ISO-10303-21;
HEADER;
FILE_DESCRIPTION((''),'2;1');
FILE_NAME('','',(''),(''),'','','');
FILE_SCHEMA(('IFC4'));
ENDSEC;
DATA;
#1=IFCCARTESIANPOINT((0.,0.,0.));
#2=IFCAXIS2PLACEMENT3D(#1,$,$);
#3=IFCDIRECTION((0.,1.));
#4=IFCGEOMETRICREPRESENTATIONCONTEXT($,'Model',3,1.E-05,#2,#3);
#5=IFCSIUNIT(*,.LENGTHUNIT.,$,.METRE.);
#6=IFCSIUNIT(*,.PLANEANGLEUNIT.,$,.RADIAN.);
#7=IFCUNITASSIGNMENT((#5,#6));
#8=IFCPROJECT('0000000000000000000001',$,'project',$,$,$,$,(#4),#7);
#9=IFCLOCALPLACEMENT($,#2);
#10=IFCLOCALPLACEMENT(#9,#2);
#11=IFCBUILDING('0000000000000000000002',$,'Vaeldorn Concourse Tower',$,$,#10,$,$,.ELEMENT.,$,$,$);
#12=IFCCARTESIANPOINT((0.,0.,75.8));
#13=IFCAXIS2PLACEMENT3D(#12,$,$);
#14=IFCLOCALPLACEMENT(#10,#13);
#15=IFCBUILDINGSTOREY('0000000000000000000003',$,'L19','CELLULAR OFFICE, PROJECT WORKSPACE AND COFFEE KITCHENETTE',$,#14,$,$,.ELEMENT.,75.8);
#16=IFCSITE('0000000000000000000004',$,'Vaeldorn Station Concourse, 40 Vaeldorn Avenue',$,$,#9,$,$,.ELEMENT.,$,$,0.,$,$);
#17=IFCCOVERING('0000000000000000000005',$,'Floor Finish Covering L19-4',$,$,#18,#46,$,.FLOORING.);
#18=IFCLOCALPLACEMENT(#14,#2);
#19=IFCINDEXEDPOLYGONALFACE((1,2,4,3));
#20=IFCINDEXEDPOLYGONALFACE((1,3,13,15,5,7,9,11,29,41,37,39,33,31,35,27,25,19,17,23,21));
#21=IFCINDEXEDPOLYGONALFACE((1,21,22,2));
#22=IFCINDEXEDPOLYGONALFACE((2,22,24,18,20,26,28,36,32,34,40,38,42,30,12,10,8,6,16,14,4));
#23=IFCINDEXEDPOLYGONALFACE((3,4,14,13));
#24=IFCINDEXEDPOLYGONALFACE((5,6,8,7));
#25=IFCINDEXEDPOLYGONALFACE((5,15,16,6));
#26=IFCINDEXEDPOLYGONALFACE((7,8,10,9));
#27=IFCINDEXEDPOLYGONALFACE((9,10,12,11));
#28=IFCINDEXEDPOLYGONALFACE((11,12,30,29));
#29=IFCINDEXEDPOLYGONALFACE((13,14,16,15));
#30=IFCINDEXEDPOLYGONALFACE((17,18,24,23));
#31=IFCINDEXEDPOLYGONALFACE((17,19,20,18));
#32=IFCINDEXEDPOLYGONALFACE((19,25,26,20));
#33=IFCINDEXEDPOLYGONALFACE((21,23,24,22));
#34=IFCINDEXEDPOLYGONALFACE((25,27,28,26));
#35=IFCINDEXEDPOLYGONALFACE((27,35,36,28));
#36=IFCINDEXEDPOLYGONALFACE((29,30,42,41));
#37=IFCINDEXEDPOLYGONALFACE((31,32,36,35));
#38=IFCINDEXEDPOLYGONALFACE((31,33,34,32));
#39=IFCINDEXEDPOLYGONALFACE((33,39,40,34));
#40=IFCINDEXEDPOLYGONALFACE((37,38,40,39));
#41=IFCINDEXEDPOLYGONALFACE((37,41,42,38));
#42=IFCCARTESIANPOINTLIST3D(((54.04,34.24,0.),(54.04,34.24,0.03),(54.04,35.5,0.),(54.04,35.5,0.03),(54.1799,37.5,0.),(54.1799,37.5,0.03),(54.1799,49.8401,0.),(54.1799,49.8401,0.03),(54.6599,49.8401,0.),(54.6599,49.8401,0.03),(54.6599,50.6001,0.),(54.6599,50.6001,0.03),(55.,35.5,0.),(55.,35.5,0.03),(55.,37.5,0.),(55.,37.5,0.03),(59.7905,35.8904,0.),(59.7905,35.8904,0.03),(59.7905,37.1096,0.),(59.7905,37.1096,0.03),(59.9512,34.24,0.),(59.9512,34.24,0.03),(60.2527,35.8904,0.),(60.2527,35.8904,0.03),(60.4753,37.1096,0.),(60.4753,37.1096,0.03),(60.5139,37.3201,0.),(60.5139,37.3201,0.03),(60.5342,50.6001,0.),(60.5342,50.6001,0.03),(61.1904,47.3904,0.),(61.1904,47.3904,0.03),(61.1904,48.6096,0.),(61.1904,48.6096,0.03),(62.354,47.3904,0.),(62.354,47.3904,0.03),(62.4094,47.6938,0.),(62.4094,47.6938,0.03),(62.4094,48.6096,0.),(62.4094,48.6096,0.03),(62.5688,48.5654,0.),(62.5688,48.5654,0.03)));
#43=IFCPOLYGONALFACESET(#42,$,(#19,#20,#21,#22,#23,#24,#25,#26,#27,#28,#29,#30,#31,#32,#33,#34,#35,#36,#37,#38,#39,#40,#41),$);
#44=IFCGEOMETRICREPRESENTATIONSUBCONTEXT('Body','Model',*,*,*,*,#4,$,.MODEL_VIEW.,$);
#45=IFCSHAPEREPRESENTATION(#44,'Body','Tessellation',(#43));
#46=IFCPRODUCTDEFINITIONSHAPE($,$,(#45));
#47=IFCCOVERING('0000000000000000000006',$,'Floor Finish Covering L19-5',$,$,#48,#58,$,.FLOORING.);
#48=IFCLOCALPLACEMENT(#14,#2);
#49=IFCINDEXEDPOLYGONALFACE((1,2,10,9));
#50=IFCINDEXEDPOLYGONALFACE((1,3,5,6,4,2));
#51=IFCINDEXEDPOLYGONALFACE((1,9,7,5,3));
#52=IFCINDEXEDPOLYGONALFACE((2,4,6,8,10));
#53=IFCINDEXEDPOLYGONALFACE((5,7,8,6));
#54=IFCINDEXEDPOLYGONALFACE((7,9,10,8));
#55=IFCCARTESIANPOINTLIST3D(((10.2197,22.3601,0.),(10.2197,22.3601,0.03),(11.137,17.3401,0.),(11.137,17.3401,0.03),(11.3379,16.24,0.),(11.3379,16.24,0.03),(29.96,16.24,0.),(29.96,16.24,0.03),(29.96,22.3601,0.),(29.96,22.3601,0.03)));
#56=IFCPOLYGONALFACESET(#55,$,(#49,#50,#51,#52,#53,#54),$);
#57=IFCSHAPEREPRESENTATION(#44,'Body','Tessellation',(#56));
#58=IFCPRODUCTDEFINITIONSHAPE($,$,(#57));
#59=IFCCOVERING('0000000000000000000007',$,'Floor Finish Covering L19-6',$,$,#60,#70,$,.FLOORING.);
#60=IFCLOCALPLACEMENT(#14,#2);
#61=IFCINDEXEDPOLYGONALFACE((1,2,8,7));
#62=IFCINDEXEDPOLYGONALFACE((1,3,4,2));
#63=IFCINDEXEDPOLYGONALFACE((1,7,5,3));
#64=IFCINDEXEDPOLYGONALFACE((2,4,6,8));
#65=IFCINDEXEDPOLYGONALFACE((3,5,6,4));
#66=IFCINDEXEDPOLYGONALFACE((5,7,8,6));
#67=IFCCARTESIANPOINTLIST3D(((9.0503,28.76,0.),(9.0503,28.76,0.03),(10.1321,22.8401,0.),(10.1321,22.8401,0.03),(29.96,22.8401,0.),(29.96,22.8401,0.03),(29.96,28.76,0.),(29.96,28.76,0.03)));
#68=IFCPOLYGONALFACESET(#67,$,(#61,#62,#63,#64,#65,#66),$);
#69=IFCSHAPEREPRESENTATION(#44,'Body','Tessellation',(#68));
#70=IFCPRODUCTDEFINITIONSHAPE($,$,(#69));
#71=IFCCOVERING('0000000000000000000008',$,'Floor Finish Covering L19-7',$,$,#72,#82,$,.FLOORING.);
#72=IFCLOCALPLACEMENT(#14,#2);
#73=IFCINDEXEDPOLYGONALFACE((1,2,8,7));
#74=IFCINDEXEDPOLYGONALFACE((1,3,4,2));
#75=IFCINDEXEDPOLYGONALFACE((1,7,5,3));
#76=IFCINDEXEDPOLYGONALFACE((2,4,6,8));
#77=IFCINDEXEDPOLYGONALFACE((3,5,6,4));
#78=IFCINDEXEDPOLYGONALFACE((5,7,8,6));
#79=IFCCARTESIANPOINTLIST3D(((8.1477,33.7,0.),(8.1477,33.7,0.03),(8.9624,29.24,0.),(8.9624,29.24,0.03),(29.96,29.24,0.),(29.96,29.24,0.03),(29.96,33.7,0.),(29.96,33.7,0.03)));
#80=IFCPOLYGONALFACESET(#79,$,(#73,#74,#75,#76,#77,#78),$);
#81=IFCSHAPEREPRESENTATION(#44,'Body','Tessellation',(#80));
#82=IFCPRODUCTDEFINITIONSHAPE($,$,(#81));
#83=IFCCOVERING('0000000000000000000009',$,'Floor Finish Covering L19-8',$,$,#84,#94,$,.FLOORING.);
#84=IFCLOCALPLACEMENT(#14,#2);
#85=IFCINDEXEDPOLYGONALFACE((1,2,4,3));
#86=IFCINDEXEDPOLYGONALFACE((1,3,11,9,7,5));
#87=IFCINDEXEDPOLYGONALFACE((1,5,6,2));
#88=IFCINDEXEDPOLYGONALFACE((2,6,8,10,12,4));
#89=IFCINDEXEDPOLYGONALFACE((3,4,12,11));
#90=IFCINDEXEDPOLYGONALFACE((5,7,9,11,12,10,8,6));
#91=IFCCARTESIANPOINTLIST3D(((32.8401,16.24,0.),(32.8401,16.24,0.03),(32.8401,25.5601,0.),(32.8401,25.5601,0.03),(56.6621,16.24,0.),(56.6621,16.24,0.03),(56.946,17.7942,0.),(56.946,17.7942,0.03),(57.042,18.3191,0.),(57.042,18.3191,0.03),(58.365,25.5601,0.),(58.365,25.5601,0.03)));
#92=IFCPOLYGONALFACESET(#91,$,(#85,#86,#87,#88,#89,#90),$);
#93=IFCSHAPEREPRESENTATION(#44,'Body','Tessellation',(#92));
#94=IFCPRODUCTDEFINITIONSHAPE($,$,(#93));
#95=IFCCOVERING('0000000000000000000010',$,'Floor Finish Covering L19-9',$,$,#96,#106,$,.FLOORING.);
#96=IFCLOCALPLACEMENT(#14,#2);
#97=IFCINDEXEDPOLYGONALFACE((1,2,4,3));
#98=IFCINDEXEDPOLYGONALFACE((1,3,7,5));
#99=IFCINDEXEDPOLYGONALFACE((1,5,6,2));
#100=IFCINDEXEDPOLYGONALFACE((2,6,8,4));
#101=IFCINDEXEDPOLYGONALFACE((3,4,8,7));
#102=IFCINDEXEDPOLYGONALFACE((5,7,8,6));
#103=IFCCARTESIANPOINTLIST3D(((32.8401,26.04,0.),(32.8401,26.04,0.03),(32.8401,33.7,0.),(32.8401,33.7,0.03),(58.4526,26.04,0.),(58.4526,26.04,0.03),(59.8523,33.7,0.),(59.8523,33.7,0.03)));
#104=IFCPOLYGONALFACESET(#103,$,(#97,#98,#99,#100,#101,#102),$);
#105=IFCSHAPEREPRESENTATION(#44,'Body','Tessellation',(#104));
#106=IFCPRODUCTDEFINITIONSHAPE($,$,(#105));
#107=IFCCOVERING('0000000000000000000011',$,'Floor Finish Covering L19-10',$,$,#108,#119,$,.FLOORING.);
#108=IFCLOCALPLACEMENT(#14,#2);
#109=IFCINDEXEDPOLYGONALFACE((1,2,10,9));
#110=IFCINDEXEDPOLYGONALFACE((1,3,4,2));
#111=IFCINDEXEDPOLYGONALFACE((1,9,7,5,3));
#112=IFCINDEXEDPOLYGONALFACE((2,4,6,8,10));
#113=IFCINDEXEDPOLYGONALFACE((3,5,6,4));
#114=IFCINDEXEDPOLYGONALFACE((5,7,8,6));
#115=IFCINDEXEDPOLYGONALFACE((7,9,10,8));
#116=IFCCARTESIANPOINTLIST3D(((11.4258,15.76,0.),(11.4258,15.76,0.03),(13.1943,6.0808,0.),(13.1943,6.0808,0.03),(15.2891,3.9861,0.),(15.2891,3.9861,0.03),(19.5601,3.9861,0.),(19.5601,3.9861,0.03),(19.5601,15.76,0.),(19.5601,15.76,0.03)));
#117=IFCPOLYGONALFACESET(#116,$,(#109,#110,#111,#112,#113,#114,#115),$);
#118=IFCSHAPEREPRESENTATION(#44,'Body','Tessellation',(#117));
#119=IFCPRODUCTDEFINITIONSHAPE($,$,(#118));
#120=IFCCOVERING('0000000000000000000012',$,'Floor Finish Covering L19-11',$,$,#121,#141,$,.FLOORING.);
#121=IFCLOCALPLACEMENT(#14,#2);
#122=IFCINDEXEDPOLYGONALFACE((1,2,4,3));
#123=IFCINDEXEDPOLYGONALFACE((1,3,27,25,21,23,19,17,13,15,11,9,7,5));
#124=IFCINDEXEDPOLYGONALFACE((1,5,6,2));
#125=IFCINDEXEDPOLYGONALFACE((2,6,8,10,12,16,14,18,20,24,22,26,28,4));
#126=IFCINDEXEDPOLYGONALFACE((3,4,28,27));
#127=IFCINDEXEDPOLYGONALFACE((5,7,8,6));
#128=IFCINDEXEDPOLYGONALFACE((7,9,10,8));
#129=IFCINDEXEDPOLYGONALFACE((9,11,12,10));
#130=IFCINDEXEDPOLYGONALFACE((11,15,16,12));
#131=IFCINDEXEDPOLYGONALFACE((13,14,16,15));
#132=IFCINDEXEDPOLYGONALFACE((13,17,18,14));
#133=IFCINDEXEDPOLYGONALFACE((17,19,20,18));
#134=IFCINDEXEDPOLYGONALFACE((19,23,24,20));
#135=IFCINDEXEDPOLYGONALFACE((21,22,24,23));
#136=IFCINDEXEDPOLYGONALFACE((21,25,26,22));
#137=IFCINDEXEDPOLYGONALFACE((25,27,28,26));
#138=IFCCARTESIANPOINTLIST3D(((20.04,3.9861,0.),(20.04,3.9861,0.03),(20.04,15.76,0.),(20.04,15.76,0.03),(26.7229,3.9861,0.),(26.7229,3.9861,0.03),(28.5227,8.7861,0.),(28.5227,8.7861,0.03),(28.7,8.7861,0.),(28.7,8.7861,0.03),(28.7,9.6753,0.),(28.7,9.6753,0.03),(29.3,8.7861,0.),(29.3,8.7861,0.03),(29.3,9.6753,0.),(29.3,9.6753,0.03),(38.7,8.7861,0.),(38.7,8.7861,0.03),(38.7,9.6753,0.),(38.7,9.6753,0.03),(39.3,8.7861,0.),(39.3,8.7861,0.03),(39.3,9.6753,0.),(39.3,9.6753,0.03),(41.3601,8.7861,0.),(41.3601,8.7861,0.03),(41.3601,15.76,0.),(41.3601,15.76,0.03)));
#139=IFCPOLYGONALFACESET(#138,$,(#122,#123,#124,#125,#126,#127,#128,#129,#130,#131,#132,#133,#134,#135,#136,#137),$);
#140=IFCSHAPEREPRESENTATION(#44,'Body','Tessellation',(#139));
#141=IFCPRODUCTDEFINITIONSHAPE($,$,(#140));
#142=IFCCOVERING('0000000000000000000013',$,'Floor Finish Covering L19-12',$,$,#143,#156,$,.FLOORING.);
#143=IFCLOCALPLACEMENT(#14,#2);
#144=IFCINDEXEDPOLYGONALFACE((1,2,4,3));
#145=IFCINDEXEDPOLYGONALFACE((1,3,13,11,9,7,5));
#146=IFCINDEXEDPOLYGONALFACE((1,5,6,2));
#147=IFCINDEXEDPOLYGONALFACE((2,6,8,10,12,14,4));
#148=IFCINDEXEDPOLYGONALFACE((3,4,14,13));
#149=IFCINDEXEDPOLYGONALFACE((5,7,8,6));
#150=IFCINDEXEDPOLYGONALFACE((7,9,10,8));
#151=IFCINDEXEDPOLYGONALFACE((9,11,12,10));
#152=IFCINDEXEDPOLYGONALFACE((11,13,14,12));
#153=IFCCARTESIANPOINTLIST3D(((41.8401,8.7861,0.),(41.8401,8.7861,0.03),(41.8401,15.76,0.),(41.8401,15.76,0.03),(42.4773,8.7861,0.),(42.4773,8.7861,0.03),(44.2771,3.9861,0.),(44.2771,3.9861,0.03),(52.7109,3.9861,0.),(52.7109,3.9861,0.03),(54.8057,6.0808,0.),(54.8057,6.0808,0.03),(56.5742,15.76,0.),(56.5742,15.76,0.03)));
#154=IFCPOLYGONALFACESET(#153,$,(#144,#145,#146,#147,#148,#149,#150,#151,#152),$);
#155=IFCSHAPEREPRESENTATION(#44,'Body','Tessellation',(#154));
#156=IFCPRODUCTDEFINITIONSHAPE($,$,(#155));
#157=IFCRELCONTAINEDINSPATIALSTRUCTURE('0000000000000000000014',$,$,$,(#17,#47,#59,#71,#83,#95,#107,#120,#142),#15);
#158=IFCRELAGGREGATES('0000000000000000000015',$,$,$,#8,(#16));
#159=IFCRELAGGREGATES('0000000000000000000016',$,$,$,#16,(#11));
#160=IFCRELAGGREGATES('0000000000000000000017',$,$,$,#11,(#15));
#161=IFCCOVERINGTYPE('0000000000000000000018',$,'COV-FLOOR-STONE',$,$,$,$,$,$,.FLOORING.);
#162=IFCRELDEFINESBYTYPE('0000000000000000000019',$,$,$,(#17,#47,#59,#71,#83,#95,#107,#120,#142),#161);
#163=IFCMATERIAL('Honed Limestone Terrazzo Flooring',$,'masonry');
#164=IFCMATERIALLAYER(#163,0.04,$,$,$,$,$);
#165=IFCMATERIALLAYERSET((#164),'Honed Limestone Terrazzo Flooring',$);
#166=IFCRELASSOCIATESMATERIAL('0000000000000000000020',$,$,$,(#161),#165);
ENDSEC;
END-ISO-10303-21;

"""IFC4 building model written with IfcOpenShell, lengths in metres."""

from ifc_helpers import new_model, si_unit, direction, frame, origin, place, context, subcontext, project, spatial, polyline, outline, extrude, material, layer, layer_set, type_object, element, save


model = new_model("IFC4")

# Units and contexts
model_context = context("Model", 3, precision=1e-05, world=origin(), true_north=direction((0.0, 1.0)))
body_context = subcontext(model_context, "Body", "Model", "MODEL_VIEW")
ifc_project = project(units=[si_unit("LENGTHUNIT", "METRE"), si_unit("PLANEANGLEUNIT", "RADIAN")], contexts=[model_context])

# Site, building, storey
site_placement = place(None, origin())
site = spatial("IfcSite", under=ifc_project, at=site_placement, Name="Vaeldorn Station Concourse, 40 Vaeldorn Avenue", CompositionType="ELEMENT", RefElevation=0.0)
building_placement = place(site_placement, origin())
building = spatial("IfcBuilding", under=site, at=building_placement, Name="Vaeldorn Concourse Tower", CompositionType="ELEMENT")
storey_placement = place(building_placement, frame((0.0, 0.0, 75.8)))
storey = spatial("IfcBuildingStorey", under=building, at=storey_placement, Name="L19", Description="CELLULAR OFFICE, PROJECT WORKSPACE AND COFFEE KITCHENETTE", CompositionType="ELEMENT", Elevation=75.8)

# Coverings
ifc_material_1 = material(Name="Honed Limestone Terrazzo Flooring", Category="masonry")
ifc_layer_1 = layer(ifc_material_1, 0.04)
ifc_layer_set_1 = layer_set([ifc_layer_1], Name="Honed Limestone Terrazzo Flooring")
covering_type_1 = type_object("IfcCoveringType", Name="COV-FLOOR-STONE", PredefinedType="FLOORING", material=ifc_layer_set_1)
covering_1_placement = place(storey_placement, origin())
element("IfcCovering", 1, at=covering_1_placement, inside=storey, type_object=covering_type_1, Name="Floor Finish Covering L19-4", PredefinedType="FLOORING", context=body_context, shape_type="SweptSolid", body=[
    extrude(outline(polyline([(54.1799, 49.8401), (54.6599, 49.8401), (54.6599, 50.6001), (60.5342, 50.6001), (62.5688, 48.5654), (62.4094, 47.6938), (62.4094, 48.6096), (61.1904, 48.6096), (61.1904, 47.3904), (62.354, 47.3904), (60.5139, 37.3201), (60.5139, 37.3201), (60.4753, 37.1096), (59.7905, 37.1096), (59.7905, 35.8904), (60.2527, 35.8904), (59.9512, 34.24), (54.04, 34.24), (54.04, 35.5), (55.0, 35.5), (55.0, 37.5), (54.1799, 37.5), (54.1799, 49.8401)])), origin(), (0.0, 0.0, 1.0), 0.03),
])
covering_2_placement = place(storey_placement, origin())
element("IfcCovering", 2, at=covering_2_placement, inside=storey, type_object=covering_type_1, Name="Floor Finish Covering L19-5", PredefinedType="FLOORING", context=body_context, shape_type="SweptSolid", body=[
    extrude(outline(polyline([(29.96, 22.3601), (29.96, 16.24), (11.3379, 16.24), (11.137, 17.3401), (11.137, 17.3401), (10.2197, 22.3601), (29.96, 22.3601)])), origin(), (0.0, 0.0, 1.0), 0.03),
])
covering_3_placement = place(storey_placement, origin())
element("IfcCovering", 3, at=covering_3_placement, inside=storey, type_object=covering_type_1, Name="Floor Finish Covering L19-6", PredefinedType="FLOORING", context=body_context, shape_type="SweptSolid", body=[
    extrude(outline(polyline([(29.96, 28.76), (29.96, 22.8401), (10.1321, 22.8401), (9.0503, 28.76), (29.96, 28.76)])), origin(), (0.0, 0.0, 1.0), 0.03),
])
covering_4_placement = place(storey_placement, origin())
element("IfcCovering", 4, at=covering_4_placement, inside=storey, type_object=covering_type_1, Name="Floor Finish Covering L19-7", PredefinedType="FLOORING", context=body_context, shape_type="SweptSolid", body=[
    extrude(outline(polyline([(29.96, 33.7), (29.96, 29.24), (8.9624, 29.24), (8.1477, 33.7), (29.96, 33.7)])), origin(), (0.0, 0.0, 1.0), 0.03),
])
covering_5_placement = place(storey_placement, origin())
element("IfcCovering", 5, at=covering_5_placement, inside=storey, type_object=covering_type_1, Name="Floor Finish Covering L19-8", PredefinedType="FLOORING", context=body_context, shape_type="SweptSolid", body=[
    extrude(outline(polyline([(32.8401, 16.24), (32.8401, 25.5601), (58.365, 25.5601), (57.042, 18.3191), (56.946, 17.7942), (56.6621, 16.24), (32.8401, 16.24)])), origin(), (0.0, 0.0, 1.0), 0.03),
])
covering_6_placement = place(storey_placement, origin())
element("IfcCovering", 6, at=covering_6_placement, inside=storey, type_object=covering_type_1, Name="Floor Finish Covering L19-9", PredefinedType="FLOORING", context=body_context, shape_type="SweptSolid", body=[
    extrude(outline(polyline([(32.8401, 26.04), (32.8401, 33.7), (59.8523, 33.7), (58.4526, 26.04), (32.8401, 26.04)])), origin(), (0.0, 0.0, 1.0), 0.03),
])
covering_7_placement = place(storey_placement, origin())
element("IfcCovering", 7, at=covering_7_placement, inside=storey, type_object=covering_type_1, Name="Floor Finish Covering L19-10", PredefinedType="FLOORING", context=body_context, shape_type="SweptSolid", body=[
    extrude(outline(polyline([(19.5601, 15.76), (19.5601, 3.9861), (15.2891, 3.9861), (13.1943, 6.0808), (11.4258, 15.76), (19.5601, 15.76)])), origin(), (0.0, 0.0, 1.0), 0.03),
])
covering_8_placement = place(storey_placement, origin())
element("IfcCovering", 8, at=covering_8_placement, inside=storey, type_object=covering_type_1, Name="Floor Finish Covering L19-11", PredefinedType="FLOORING", context=body_context, shape_type="SweptSolid", body=[
    extrude(outline(polyline([(26.7229, 3.9861), (20.04, 3.9861), (20.04, 15.76), (41.3601, 15.76), (41.3601, 8.7861), (39.3, 8.7861), (39.3, 9.6753), (38.7, 9.6753), (38.7, 8.7861), (29.3, 8.7861), (29.3, 9.6753), (28.7, 9.6753), (28.7, 8.7861), (28.5227, 8.7861), (26.7229, 3.9861)])), origin(), (0.0, 0.0, 1.0), 0.03),
])
covering_9_placement = place(storey_placement, origin())
element("IfcCovering", 9, at=covering_9_placement, inside=storey, type_object=covering_type_1, Name="Floor Finish Covering L19-12", PredefinedType="FLOORING", context=body_context, shape_type="SweptSolid", body=[
    extrude(outline(polyline([(41.8401, 8.7861), (41.8401, 15.76), (56.5742, 15.76), (54.8057, 6.0808), (52.7109, 3.9861), (44.2771, 3.9861), (42.4773, 8.7861), (41.8401, 8.7861)])), origin(), (0.0, 0.0, 1.0), 0.03),
])

save(model, "model.ifc")
